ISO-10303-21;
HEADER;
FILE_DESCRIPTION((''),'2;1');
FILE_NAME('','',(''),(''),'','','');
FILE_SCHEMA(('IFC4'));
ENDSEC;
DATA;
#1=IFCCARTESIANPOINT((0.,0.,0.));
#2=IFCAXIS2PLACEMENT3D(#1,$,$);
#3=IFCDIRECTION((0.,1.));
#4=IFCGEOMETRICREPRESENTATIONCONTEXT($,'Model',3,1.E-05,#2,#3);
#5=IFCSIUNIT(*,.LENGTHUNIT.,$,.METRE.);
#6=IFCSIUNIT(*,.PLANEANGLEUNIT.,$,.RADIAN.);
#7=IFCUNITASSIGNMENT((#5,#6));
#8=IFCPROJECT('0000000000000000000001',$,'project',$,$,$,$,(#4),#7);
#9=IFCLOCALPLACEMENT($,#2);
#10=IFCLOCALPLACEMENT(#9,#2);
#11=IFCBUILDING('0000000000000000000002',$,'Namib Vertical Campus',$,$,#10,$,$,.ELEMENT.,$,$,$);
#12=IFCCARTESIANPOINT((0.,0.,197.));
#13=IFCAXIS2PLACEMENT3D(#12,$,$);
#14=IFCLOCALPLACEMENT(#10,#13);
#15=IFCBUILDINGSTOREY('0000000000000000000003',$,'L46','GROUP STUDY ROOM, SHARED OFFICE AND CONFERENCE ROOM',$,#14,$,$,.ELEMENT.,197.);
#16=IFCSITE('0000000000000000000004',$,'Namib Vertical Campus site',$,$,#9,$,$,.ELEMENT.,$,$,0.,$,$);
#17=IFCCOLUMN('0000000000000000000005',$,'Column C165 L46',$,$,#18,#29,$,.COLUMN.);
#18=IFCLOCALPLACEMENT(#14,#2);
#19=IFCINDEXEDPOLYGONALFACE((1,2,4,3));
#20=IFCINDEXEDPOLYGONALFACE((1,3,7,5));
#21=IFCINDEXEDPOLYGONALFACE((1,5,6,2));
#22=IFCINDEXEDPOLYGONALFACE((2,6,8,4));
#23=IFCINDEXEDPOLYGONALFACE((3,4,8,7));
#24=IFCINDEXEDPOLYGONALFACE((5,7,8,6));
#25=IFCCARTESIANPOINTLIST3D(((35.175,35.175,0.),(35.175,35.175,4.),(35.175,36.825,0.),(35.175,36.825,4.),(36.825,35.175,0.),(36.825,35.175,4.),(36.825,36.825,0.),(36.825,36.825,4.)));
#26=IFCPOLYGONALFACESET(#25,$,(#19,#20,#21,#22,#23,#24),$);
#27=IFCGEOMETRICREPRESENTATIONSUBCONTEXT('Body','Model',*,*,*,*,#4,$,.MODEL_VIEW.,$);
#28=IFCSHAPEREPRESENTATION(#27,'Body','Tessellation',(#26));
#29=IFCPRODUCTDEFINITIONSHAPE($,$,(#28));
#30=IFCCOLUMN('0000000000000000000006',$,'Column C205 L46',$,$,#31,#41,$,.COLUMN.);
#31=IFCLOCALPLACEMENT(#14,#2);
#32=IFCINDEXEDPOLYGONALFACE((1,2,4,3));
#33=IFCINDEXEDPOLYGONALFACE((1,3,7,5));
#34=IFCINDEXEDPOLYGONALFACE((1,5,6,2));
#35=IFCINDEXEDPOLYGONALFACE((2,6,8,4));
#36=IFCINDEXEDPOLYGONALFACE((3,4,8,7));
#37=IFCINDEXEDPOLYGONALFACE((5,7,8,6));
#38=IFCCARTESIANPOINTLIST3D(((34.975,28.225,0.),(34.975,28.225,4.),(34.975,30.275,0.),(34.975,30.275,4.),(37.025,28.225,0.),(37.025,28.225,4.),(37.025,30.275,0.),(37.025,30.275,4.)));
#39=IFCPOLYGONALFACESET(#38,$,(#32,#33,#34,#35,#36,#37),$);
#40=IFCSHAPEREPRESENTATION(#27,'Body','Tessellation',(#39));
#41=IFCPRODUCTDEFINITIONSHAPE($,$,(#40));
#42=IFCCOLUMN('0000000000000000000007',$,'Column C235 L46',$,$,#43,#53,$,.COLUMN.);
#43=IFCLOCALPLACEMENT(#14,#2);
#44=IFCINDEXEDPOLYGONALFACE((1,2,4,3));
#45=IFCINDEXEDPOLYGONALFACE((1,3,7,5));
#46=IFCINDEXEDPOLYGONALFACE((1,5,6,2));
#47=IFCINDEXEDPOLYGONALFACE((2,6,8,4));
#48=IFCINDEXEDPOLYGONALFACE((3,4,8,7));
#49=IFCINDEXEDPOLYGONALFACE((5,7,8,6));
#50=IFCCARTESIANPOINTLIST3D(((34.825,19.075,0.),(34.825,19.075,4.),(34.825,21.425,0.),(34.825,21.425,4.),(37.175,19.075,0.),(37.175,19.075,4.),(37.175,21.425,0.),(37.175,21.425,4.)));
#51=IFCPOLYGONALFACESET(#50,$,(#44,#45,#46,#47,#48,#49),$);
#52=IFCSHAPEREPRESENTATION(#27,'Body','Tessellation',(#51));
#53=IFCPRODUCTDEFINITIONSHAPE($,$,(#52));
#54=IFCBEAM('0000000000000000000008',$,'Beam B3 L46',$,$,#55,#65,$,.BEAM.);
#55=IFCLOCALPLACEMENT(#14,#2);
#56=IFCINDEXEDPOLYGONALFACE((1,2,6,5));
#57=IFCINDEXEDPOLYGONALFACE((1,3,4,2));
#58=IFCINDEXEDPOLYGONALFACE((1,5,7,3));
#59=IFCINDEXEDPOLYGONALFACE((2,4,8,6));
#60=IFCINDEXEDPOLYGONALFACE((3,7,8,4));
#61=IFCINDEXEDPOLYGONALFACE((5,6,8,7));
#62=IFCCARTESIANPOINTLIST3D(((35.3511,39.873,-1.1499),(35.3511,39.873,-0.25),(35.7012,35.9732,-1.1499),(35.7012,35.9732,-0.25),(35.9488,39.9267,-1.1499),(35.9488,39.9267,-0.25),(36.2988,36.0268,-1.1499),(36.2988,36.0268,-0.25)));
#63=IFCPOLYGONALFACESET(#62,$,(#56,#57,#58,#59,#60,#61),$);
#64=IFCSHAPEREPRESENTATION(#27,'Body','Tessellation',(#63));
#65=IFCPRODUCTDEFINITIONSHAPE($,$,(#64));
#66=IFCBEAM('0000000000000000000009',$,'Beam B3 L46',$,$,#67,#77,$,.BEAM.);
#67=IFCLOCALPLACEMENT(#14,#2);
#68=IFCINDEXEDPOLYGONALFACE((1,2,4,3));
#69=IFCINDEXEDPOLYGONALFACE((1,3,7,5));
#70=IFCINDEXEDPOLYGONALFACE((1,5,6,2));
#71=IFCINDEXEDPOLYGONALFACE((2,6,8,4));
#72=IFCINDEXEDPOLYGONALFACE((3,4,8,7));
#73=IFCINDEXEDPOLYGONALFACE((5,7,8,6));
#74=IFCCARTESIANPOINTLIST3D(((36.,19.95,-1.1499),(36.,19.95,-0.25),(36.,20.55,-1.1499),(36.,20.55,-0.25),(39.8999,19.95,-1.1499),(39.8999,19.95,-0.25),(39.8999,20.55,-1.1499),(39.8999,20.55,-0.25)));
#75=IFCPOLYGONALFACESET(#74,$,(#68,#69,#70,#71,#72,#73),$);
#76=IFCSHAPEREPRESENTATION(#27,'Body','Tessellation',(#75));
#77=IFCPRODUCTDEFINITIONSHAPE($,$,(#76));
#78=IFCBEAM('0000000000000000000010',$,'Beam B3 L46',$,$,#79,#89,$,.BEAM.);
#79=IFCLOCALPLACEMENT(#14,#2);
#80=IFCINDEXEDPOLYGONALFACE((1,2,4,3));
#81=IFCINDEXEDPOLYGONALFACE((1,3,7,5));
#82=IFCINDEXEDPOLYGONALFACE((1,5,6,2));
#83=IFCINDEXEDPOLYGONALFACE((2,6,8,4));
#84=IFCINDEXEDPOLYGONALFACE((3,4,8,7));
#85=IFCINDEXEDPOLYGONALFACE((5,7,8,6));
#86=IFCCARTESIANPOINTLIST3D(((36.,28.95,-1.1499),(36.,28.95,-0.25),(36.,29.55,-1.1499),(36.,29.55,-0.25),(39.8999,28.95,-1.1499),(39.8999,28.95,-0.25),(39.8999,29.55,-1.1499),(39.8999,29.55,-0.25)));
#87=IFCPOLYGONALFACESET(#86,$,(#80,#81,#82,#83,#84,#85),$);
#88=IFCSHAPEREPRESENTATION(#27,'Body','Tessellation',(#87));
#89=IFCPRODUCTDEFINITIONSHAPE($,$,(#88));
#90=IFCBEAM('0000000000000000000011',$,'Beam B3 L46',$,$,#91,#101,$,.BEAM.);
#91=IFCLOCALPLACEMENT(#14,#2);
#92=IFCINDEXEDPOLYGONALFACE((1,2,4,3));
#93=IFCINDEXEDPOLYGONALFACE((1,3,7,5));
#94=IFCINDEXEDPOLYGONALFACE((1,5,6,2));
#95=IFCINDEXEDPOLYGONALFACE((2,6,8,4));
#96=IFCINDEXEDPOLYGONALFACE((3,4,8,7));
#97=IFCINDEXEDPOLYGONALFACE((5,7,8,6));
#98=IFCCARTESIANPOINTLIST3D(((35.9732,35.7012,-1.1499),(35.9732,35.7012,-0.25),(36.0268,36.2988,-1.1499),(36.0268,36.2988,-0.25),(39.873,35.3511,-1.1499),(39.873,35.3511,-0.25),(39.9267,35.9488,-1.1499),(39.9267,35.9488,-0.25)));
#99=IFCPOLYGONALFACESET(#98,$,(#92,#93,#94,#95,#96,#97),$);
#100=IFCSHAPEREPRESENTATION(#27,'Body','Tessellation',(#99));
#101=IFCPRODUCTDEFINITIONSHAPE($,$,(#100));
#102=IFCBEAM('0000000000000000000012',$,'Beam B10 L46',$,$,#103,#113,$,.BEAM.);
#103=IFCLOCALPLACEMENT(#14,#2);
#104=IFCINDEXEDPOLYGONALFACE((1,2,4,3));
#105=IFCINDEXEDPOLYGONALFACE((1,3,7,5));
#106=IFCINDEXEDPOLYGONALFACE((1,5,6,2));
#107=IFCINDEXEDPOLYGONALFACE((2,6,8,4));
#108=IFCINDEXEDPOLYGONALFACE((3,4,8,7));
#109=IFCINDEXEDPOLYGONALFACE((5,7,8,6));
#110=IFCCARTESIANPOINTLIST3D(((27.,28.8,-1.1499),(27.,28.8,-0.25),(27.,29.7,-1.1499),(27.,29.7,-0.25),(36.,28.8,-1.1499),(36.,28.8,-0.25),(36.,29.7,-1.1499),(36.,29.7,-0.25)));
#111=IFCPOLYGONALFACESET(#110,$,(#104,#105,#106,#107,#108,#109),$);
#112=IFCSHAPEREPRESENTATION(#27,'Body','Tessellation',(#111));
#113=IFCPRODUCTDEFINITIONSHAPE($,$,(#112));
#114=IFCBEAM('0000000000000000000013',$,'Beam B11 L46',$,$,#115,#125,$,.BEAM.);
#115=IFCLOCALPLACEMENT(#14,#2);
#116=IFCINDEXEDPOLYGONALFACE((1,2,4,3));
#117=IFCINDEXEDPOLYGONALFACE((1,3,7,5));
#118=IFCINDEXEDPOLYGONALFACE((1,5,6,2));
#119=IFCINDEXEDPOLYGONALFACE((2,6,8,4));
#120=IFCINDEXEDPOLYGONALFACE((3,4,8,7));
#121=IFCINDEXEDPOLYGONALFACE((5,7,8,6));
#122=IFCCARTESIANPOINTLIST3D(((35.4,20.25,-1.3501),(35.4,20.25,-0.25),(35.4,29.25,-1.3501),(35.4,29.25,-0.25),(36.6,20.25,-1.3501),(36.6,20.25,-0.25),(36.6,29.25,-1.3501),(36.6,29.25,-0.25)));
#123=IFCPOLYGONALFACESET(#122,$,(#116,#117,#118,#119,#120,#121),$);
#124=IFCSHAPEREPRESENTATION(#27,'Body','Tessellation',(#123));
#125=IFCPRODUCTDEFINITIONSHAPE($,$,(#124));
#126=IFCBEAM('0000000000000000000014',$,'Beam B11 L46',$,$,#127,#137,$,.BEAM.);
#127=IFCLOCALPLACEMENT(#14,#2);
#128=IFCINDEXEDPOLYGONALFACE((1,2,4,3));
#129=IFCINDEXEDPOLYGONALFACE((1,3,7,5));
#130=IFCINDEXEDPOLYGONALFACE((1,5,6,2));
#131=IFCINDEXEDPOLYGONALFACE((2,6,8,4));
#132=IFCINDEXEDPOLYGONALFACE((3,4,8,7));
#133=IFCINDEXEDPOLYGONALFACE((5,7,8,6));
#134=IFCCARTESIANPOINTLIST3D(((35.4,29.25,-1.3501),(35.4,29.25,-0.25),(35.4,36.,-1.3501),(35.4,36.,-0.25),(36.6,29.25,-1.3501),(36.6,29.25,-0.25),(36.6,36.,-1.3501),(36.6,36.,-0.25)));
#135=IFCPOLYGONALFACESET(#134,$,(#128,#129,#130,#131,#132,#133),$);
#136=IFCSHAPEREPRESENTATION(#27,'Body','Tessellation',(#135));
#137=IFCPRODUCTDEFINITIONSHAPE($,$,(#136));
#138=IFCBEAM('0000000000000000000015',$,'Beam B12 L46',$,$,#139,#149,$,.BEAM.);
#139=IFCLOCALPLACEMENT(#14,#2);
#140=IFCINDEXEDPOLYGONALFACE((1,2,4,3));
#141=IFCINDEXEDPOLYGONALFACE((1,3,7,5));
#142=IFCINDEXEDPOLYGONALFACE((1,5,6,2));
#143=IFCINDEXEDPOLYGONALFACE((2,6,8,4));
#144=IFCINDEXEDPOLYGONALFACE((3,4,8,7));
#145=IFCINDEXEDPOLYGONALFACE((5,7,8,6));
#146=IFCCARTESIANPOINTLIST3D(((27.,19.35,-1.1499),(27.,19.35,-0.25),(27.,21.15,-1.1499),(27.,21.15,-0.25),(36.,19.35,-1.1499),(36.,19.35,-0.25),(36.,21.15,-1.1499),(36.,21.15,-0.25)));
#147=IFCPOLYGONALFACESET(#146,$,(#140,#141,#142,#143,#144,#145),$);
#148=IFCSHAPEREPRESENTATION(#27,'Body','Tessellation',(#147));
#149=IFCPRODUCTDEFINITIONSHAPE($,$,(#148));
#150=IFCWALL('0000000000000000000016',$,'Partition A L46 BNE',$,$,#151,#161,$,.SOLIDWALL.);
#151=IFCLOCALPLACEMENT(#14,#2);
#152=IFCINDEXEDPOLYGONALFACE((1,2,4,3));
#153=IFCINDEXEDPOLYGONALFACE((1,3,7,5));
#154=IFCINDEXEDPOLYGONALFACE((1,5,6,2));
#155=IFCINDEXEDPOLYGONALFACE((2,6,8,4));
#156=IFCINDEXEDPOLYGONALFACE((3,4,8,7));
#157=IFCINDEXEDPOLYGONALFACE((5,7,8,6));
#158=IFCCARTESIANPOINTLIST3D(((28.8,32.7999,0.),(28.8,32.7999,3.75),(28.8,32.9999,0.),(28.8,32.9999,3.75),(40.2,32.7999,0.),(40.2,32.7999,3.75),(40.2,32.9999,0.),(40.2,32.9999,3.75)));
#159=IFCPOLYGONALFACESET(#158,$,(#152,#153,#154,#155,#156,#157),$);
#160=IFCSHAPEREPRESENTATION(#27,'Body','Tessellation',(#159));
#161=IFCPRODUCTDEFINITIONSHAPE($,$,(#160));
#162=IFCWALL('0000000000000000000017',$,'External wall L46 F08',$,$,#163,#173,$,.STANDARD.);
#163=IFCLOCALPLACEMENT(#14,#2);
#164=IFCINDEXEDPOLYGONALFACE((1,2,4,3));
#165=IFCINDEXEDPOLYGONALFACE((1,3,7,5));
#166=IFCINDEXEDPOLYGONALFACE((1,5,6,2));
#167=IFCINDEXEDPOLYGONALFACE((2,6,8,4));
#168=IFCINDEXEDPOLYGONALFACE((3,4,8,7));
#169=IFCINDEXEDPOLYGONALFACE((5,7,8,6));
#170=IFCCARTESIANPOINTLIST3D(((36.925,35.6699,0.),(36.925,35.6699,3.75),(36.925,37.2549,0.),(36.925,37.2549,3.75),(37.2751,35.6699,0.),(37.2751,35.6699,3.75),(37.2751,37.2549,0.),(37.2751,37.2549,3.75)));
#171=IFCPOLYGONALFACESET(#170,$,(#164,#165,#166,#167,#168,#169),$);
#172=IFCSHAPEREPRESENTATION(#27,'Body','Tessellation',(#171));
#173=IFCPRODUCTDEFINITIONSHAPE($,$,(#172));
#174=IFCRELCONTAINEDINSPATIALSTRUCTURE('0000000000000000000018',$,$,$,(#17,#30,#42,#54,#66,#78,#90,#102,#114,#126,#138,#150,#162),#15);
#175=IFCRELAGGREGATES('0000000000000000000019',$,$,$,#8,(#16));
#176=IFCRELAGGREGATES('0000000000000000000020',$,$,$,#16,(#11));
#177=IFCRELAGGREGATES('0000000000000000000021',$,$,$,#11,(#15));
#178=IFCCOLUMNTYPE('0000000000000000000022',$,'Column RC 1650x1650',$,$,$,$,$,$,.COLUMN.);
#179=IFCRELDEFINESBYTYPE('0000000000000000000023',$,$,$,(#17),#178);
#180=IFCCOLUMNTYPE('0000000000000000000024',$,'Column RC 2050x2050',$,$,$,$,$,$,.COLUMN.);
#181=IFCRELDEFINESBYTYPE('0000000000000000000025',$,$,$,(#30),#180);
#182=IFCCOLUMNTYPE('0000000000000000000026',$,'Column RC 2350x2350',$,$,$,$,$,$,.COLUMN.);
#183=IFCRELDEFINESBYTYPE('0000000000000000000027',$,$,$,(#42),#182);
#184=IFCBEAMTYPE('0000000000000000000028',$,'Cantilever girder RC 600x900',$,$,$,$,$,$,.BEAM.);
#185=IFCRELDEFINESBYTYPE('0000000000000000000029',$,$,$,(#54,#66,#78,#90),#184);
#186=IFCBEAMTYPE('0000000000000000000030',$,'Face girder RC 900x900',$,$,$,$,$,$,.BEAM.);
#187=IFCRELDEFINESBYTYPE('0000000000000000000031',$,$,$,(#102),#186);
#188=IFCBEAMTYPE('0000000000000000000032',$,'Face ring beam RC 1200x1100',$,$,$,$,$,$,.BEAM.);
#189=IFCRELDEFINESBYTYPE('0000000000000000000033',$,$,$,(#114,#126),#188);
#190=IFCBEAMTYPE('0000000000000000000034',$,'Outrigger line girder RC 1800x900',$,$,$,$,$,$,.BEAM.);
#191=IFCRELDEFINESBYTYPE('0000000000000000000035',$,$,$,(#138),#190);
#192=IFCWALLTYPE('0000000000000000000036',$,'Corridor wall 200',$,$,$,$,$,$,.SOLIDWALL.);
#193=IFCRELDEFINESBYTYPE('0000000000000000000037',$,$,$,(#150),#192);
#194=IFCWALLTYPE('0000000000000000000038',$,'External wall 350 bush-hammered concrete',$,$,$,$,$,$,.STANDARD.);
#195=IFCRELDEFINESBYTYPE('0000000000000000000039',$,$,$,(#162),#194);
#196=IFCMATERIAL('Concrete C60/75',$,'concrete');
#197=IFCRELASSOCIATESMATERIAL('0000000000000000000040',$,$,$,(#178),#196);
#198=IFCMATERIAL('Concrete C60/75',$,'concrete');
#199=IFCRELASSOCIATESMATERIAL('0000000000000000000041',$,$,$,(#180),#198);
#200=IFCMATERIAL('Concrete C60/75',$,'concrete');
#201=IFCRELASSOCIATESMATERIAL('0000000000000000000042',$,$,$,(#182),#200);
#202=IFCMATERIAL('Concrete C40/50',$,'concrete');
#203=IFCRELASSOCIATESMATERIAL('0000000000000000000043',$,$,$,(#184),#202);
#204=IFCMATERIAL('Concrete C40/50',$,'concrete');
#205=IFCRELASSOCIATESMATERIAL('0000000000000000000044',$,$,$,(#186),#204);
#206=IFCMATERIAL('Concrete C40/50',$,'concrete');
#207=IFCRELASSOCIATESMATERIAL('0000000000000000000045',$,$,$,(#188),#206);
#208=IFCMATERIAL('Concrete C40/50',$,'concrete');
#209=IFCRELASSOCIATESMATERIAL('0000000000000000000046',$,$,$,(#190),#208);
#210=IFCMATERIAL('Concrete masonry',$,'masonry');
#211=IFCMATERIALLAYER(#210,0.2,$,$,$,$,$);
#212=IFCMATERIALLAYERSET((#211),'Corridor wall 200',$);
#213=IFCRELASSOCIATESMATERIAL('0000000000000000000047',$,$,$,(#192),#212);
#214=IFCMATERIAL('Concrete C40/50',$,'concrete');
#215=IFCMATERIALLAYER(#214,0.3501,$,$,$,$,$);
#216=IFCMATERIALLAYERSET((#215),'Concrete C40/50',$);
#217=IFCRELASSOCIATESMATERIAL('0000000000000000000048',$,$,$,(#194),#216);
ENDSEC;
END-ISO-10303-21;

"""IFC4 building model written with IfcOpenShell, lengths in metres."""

from ifc_helpers import new_model, si_unit, direction, frame, frame_2d, origin, origin_2d, place, context, subcontext, project, spatial, rectangle, extrude, material, layer, layer_set, material_profile, profile_set, type_object, element, save


model = new_model("IFC4")

# Units and contexts
model_context = context("Model", 3, precision=1e-05, world=origin(), true_north=direction((0.0, 1.0)))
body_context = subcontext(model_context, "Body", "Model", "MODEL_VIEW")
ifc_project = project(units=[si_unit("LENGTHUNIT", "METRE"), si_unit("PLANEANGLEUNIT", "RADIAN")], contexts=[model_context])

# Site, building, storey
site_placement = place(None, origin())
site = spatial("IfcSite", under=ifc_project, at=site_placement, Name="Namib Vertical Campus site", CompositionType="ELEMENT", RefElevation=0.0)
building_placement = place(site_placement, origin())
building = spatial("IfcBuilding", under=site, at=building_placement, Name="Namib Vertical Campus", CompositionType="ELEMENT")
storey_placement = place(building_placement, frame((0.0, 0.0, 197.0)))
storey = spatial("IfcBuildingStorey", under=building, at=storey_placement, Name="L46", Description="GROUP STUDY ROOM, SHARED OFFICE AND CONFERENCE ROOM", CompositionType="ELEMENT", Elevation=197.0)

# Columns
ifc_material_1 = material(Name="Concrete C60/75", Category="concrete")
ifc_material_profile_1 = material_profile(ifc_material_1, rectangle(XDim=1.6499, YDim=1.6499, at=origin_2d()))
ifc_profile_set_1 = profile_set([ifc_material_profile_1], Name="Concrete C60/75")
column_type_1 = type_object("IfcColumnType", Name="Column RC 1650x1650", PredefinedType="COLUMN", material=ifc_profile_set_1)
column_1_placement = place(storey_placement, frame((36.0, 36.0, 0.0), z_axis=(0.0, 0.0, 1.0), x_axis=(1.0, 0.0, 0.0)))
element("IfcColumn", 1, at=column_1_placement, inside=storey, type_object=column_type_1, Name="Column C165 L46", PredefinedType="COLUMN", context=body_context, shape_type="SweptSolid", body=[
    extrude(rectangle(XDim=1.6499, YDim=1.6499, at=origin_2d()), origin(), (0.0, 0.0, 1.0), 4.0),
])
ifc_material_2 = material(Name="Concrete C60/75", Category="concrete")
ifc_material_profile_2 = material_profile(ifc_material_2, rectangle(XDim=2.05, YDim=2.05, at=origin_2d()))
ifc_profile_set_2 = profile_set([ifc_material_profile_2], Name="Concrete C60/75")
column_type_2 = type_object("IfcColumnType", Name="Column RC 2050x2050", PredefinedType="COLUMN", material=ifc_profile_set_2)
column_2_placement = place(storey_placement, frame((36.0, 29.25, 0.0), z_axis=(0.0, 0.0, 1.0), x_axis=(1.0, 0.0, 0.0)))
element("IfcColumn", 2, at=column_2_placement, inside=storey, type_object=column_type_2, Name="Column C205 L46", PredefinedType="COLUMN", context=body_context, shape_type="SweptSolid", body=[
    extrude(rectangle(XDim=2.05, YDim=2.05, at=origin_2d()), origin(), (0.0, 0.0, 1.0), 4.0),
])
ifc_material_3 = material(Name="Concrete C60/75", Category="concrete")
ifc_material_profile_3 = material_profile(ifc_material_3, rectangle(XDim=2.3501, YDim=2.3501, at=origin_2d()))
ifc_profile_set_3 = profile_set([ifc_material_profile_3], Name="Concrete C60/75")
column_type_3 = type_object("IfcColumnType", Name="Column RC 2350x2350", PredefinedType="COLUMN", material=ifc_profile_set_3)
column_3_placement = place(storey_placement, frame((36.0, 20.25, 0.0), z_axis=(0.0, 0.0, 1.0), x_axis=(1.0, 0.0, 0.0)))
element("IfcColumn", 3, at=column_3_placement, inside=storey, type_object=column_type_3, Name="Column C235 L46", PredefinedType="COLUMN", context=body_context, shape_type="SweptSolid", body=[
    extrude(rectangle(XDim=2.3501, YDim=2.3501, at=origin_2d()), origin(), (0.0, 0.0, 1.0), 4.0),
])

# Beams
ifc_material_4 = material(Name="Concrete C40/50", Category="concrete")
ifc_material_profile_4 = material_profile(ifc_material_4, rectangle(XDim=0.6001, YDim=0.8999, at=origin_2d()))
ifc_profile_set_4 = profile_set([ifc_material_profile_4], Name="Concrete C40/50")
beam_type_1 = type_object("IfcBeamType", Name="Cantilever girder RC 600x900", PredefinedType="BEAM", material=ifc_profile_set_4)
beam_1_placement = place(storey_placement, frame((36.0, 36.0, -0.7), z_axis=(-0.089411, 0.995995, 0.0), x_axis=(-0.995995, -0.089411, 0.0)))
element("IfcBeam", 4, at=beam_1_placement, inside=storey, type_object=beam_type_1, Name="Beam B3 L46", PredefinedType="BEAM", context=body_context, shape_type="SweptSolid", body=[
    extrude(rectangle(XDim=0.6001, YDim=0.8999, at=origin_2d()), origin(), (0.0, 0.0, 1.0), 3.9155),
])
for number, where, z_axis, x_axis, name in (
    (5, (36.0, 20.25, -0.7), (1.0, 0.0, 0.0), (0.0, 1.0, 0.0), "Beam B3 L46"),
    (6, (36.0, 29.25, -0.7), (1.0, 0.0, 0.0), (0.0, 1.0, 0.0), "Beam B3 L46"),
):
    element("IfcBeam", number, at=place(storey_placement, frame(where, z_axis=z_axis, x_axis=x_axis)), inside=storey, type_object=beam_type_1, Name=name, PredefinedType="BEAM", context=body_context, shape_type="SweptSolid", body=[
        extrude(rectangle(XDim=0.6001, YDim=0.8999, at=origin_2d()), origin(), (0.0, 0.0, 1.0), 3.8999),
    ])
beam_2_placement = place(storey_placement, frame((36.0, 36.0, -0.7), z_axis=(0.995995, -0.089411, 0.0), x_axis=(0.089411, 0.995995, 0.0)))
element("IfcBeam", 7, at=beam_2_placement, inside=storey, type_object=beam_type_1, Name="Beam B3 L46", PredefinedType="BEAM", context=body_context, shape_type="SweptSolid", body=[
    extrude(rectangle(XDim=0.6001, YDim=0.8999, at=origin_2d()), origin(), (0.0, 0.0, 1.0), 3.9155),
])
ifc_material_5 = material(Name="Concrete C40/50", Category="concrete")
ifc_material_profile_5 = material_profile(ifc_material_5, rectangle(XDim=0.8999, YDim=0.8999, at=origin_2d()))
ifc_profile_set_5 = profile_set([ifc_material_profile_5], Name="Concrete C40/50")
beam_type_2 = type_object("IfcBeamType", Name="Face girder RC 900x900", PredefinedType="BEAM", material=ifc_profile_set_5)
beam_3_placement = place(storey_placement, frame((36.0, 29.25, -0.7), z_axis=(-1.0, 0.0, 0.0), x_axis=(0.0, -1.0, 0.0)))
element("IfcBeam", 8, at=beam_3_placement, inside=storey, type_object=beam_type_2, Name="Beam B10 L46", PredefinedType="BEAM", context=body_context, shape_type="SweptSolid", body=[
    extrude(rectangle(XDim=0.8999, YDim=0.8999, at=origin_2d()), origin(), (0.0, 0.0, 1.0), 9.0),
])
ifc_material_6 = material(Name="Concrete C40/50", Category="concrete")
ifc_material_profile_6 = material_profile(ifc_material_6, rectangle(XDim=1.2, YDim=1.1001, at=origin_2d()))
ifc_profile_set_6 = profile_set([ifc_material_profile_6], Name="Concrete C40/50")
beam_type_3 = type_object("IfcBeamType", Name="Face ring beam RC 1200x1100", PredefinedType="BEAM", material=ifc_profile_set_6)
beam_4_placement = place(storey_placement, frame((36.0, 20.25, -0.8), z_axis=(0.0, 1.0, 0.0), x_axis=(-1.0, 0.0, 0.0)))
element("IfcBeam", 9, at=beam_4_placement, inside=storey, type_object=beam_type_3, Name="Beam B11 L46", PredefinedType="BEAM", context=body_context, shape_type="SweptSolid", body=[
    extrude(rectangle(XDim=1.2, YDim=1.1001, at=origin_2d()), origin(), (0.0, 0.0, 1.0), 9.0),
])
beam_5_placement = place(storey_placement, frame((36.0, 29.25, -0.8), z_axis=(0.0, 1.0, 0.0), x_axis=(-1.0, 0.0, 0.0)))
element("IfcBeam", 10, at=beam_5_placement, inside=storey, type_object=beam_type_3, Name="Beam B11 L46", PredefinedType="BEAM", context=body_context, shape_type="SweptSolid", body=[
    extrude(rectangle(XDim=1.2, YDim=1.1001, at=origin_2d()), origin(), (0.0, 0.0, 1.0), 6.75),
])
ifc_material_7 = material(Name="Concrete C40/50", Category="concrete")
ifc_material_profile_7 = material_profile(ifc_material_7, rectangle(XDim=1.8, YDim=0.8999, at=origin_2d()))
ifc_profile_set_7 = profile_set([ifc_material_profile_7], Name="Concrete C40/50")
beam_type_4 = type_object("IfcBeamType", Name="Outrigger line girder RC 1800x900", PredefinedType="BEAM", material=ifc_profile_set_7)
beam_6_placement = place(storey_placement, frame((36.0, 20.25, -0.7), z_axis=(-1.0, 0.0, 0.0), x_axis=(0.0, -1.0, 0.0)))
element("IfcBeam", 11, at=beam_6_placement, inside=storey, type_object=beam_type_4, Name="Beam B12 L46", PredefinedType="BEAM", context=body_context, shape_type="SweptSolid", body=[
    extrude(rectangle(XDim=1.8, YDim=0.8999, at=origin_2d()), origin(), (0.0, 0.0, 1.0), 9.0),
])

# Walls
ifc_material_8 = material(Name="Concrete masonry", Category="masonry")
ifc_layer_1 = layer(ifc_material_8, 0.2)
ifc_layer_set_1 = layer_set([ifc_layer_1], Name="Corridor wall 200")
wall_type_1 = type_object("IfcWallType", Name="Corridor wall 200", PredefinedType="SOLIDWALL", material=ifc_layer_set_1)
wall_1_placement = place(storey_placement, frame((28.8, 32.8999, 0.0), z_axis=(0.0, 0.0, 1.0), x_axis=(1.0, 0.0, 0.0)))
element("IfcWall", 12, at=wall_1_placement, inside=storey, type_object=wall_type_1, Name="Partition A L46 BNE", PredefinedType="SOLIDWALL", context=body_context, shape_type="SweptSolid", body=[
    extrude(rectangle(XDim=11.3999, YDim=0.2, at=frame_2d((5.7, 0.0))), origin(), (0.0, 0.0, 1.0), 3.75),
])
ifc_material_9 = material(Name="Concrete C40/50", Category="concrete")
ifc_layer_2 = layer(ifc_material_9, 0.3501)
ifc_layer_set_2 = layer_set([ifc_layer_2], Name="Concrete C40/50")
wall_type_2 = type_object("IfcWallType", Name="External wall 350 bush-hammered concrete", PredefinedType="STANDARD", material=ifc_layer_set_2)
for number, where, z_axis, x_axis, name in (
    (13, (37.1001, 35.6699, 0.0), (0.0, 0.0, 1.0), (0.0, 1.0, 0.0), "External wall L46 F08"),
):
    element("IfcWall", number, at=place(storey_placement, frame(where, z_axis=z_axis, x_axis=x_axis)), inside=storey, type_object=wall_type_2, Name=name, PredefinedType="STANDARD", context=body_context, shape_type="SweptSolid", body=[
        extrude(rectangle(XDim=1.585, YDim=0.3501, at=frame_2d((0.7925, 0.0))), origin(), (0.0, 0.0, 1.0), 3.75),
    ])

save(model, "model.ifc")
